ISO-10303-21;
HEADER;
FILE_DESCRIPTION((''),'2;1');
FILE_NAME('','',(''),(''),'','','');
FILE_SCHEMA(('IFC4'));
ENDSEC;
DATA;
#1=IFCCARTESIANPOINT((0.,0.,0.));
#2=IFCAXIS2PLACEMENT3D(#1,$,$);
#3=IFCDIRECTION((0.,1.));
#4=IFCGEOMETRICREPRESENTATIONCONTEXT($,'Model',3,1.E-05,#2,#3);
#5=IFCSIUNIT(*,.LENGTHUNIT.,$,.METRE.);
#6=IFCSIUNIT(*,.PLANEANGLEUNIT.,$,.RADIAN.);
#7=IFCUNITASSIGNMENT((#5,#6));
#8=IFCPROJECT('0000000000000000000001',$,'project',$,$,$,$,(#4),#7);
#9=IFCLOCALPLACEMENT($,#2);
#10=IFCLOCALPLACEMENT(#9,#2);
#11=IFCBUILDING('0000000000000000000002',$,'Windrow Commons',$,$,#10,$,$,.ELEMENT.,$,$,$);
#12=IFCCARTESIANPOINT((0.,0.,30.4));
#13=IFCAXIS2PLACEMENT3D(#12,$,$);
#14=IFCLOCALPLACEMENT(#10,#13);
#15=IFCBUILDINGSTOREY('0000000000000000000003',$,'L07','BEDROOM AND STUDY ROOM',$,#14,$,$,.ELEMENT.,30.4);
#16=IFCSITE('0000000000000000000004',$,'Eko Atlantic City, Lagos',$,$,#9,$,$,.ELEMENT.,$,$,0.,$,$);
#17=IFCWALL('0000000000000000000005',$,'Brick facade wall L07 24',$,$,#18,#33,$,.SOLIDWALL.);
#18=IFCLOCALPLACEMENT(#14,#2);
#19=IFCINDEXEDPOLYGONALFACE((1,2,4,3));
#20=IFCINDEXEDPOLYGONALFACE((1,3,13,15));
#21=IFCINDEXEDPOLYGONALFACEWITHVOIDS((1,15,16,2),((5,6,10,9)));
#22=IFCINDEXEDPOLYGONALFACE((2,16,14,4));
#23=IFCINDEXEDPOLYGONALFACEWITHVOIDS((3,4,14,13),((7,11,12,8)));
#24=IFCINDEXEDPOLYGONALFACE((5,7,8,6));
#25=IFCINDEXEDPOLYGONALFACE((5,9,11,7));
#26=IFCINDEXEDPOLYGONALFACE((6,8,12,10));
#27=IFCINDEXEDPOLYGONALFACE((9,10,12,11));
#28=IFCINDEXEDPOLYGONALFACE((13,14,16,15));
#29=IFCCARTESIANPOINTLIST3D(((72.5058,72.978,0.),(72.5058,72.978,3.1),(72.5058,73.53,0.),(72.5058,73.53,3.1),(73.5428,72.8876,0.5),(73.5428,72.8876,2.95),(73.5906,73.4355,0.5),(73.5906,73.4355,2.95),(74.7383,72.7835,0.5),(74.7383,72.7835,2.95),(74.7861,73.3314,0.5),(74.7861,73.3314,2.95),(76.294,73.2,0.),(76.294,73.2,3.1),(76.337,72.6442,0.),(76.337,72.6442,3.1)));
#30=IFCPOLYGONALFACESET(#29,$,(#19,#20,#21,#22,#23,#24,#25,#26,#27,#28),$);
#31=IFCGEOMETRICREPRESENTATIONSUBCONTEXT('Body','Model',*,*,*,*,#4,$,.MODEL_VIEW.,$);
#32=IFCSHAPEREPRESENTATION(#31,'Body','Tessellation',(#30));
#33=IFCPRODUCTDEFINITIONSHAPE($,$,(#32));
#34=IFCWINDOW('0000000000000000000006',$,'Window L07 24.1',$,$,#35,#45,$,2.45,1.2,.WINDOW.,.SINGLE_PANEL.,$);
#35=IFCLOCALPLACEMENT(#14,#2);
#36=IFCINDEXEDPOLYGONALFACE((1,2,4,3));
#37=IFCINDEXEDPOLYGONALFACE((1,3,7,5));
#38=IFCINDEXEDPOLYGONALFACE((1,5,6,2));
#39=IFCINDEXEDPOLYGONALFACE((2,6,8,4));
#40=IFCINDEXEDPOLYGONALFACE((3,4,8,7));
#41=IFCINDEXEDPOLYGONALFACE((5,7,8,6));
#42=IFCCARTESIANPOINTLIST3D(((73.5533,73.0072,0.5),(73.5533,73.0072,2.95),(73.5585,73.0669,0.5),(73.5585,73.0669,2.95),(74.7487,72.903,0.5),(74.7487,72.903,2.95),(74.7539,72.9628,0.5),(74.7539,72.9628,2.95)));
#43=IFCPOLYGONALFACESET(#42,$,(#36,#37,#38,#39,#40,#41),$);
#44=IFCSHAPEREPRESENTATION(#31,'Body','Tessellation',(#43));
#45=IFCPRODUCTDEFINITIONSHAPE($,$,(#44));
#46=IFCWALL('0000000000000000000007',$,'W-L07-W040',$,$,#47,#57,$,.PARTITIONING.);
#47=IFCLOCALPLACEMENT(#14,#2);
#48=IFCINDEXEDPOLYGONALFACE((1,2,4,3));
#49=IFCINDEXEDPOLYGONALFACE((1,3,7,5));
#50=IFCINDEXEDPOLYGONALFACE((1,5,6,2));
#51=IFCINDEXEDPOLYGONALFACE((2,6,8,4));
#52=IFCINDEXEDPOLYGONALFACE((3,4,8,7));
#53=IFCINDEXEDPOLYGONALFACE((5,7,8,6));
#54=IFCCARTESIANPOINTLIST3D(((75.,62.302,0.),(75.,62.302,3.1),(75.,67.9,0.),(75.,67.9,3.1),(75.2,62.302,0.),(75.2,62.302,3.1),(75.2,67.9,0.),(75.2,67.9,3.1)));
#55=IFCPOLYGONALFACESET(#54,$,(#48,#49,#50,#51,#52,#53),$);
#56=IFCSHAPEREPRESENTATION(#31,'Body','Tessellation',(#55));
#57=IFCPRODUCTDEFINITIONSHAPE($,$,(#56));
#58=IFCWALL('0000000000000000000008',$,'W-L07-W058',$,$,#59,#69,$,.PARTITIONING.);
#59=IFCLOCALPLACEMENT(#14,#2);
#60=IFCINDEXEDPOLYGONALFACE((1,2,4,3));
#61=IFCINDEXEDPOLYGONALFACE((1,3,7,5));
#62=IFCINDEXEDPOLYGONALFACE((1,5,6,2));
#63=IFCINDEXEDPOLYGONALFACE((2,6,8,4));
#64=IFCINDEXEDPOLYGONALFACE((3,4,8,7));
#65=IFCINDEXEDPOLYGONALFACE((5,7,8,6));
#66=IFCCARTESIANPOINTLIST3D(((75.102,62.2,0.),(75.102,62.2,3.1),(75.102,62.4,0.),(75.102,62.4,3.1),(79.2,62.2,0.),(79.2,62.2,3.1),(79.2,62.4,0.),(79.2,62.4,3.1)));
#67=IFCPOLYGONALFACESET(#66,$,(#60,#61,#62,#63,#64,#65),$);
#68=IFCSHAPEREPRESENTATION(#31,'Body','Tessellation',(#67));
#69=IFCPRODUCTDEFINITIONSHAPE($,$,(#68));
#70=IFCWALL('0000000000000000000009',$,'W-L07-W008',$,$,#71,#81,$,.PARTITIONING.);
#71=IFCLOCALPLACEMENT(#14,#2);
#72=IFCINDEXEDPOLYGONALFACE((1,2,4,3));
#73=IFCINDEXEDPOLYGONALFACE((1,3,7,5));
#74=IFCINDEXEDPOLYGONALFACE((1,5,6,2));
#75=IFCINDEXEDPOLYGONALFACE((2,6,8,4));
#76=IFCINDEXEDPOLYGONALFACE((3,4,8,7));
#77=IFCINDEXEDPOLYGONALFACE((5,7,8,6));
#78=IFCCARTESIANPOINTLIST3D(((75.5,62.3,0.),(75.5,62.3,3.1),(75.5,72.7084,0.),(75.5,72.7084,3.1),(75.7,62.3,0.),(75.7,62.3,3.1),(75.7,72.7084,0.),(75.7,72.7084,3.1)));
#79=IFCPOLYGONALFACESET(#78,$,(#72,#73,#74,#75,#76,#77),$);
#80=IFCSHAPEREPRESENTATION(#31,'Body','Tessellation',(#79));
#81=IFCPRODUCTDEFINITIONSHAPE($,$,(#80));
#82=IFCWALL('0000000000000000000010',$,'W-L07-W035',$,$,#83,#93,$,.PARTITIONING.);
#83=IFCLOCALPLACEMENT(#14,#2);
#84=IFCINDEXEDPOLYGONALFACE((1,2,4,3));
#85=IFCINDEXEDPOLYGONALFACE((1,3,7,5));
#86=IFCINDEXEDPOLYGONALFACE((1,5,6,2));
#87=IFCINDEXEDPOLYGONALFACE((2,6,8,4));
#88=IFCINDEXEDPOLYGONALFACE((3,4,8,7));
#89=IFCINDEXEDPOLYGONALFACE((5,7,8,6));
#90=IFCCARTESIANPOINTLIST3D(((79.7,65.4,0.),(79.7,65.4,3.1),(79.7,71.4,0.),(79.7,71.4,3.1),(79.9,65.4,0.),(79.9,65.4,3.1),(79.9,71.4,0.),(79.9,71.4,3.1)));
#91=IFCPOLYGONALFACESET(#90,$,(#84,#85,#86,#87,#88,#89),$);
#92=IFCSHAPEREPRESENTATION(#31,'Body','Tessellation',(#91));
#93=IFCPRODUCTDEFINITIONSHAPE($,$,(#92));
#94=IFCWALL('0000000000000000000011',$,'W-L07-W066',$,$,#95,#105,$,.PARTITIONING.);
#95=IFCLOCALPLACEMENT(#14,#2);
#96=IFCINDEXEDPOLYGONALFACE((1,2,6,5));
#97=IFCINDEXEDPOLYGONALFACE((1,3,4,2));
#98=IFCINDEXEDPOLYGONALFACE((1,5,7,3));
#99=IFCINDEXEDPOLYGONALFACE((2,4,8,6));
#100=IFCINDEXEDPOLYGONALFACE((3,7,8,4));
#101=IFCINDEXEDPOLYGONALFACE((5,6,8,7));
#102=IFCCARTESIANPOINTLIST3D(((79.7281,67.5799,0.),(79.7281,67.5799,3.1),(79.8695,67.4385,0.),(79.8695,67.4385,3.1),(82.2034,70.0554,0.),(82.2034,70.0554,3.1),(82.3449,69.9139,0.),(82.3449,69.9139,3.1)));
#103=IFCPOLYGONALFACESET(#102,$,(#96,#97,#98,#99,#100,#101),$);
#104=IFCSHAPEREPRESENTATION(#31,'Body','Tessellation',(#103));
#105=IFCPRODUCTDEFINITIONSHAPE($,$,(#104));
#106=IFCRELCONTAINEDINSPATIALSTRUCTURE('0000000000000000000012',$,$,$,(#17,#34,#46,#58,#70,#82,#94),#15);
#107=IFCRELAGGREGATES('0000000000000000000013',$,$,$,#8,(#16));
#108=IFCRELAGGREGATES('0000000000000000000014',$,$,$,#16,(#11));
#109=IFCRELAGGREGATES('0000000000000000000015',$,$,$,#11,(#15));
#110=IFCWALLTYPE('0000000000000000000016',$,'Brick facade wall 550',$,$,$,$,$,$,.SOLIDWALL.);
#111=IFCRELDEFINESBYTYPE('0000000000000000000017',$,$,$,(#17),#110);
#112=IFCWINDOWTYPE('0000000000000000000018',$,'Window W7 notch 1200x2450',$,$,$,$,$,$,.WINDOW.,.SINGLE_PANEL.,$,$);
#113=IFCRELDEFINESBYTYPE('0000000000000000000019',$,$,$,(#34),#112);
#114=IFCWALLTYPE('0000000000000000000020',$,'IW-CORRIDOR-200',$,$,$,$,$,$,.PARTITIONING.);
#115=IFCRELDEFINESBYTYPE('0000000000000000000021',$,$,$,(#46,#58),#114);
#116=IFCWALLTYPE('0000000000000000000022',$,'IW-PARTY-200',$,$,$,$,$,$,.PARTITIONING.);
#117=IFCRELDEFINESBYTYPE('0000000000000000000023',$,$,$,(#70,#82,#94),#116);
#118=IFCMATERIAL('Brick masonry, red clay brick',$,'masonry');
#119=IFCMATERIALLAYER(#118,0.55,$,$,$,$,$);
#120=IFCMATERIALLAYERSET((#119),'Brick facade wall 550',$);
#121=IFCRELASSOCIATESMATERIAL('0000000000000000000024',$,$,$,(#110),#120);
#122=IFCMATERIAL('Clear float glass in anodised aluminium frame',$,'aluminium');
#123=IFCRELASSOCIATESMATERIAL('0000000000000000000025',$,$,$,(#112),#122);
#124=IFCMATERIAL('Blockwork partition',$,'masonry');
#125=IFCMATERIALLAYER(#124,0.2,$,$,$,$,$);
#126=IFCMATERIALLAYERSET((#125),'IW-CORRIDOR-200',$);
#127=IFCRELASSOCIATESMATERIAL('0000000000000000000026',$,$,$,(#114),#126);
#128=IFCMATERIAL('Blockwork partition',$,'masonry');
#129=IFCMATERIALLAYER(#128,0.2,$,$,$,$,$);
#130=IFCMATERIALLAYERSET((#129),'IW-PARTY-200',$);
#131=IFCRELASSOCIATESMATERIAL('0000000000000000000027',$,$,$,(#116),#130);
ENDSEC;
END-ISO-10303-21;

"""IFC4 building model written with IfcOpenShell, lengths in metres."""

from ifc_helpers import new_model, si_unit, direction, frame, frame_2d, origin, place, context, subcontext, project, spatial, polyline, rectangle, outline, extrude, material, layer, layer_set, type_object, element, fill, save


model = new_model("IFC4")

# Units and contexts
model_context = context("Model", 3, precision=1e-05, world=origin(), true_north=direction((0.0, 1.0)))
body_context = subcontext(model_context, "Body", "Model", "MODEL_VIEW")
ifc_project = project(units=[si_unit("LENGTHUNIT", "METRE"), si_unit("PLANEANGLEUNIT", "RADIAN")], contexts=[model_context])

# Site, building, storey
site_placement = place(None, origin())
site = spatial("IfcSite", under=ifc_project, at=site_placement, Name="Eko Atlantic City, Lagos", CompositionType="ELEMENT", RefElevation=0.0)
building_placement = place(site_placement, origin())
building = spatial("IfcBuilding", under=site, at=building_placement, Name="Windrow Commons", CompositionType="ELEMENT")
storey_placement = place(building_placement, frame((0.0, 0.0, 30.4)))
storey = spatial("IfcBuildingStorey", under=building, at=storey_placement, Name="L07", Description="BEDROOM AND STUDY ROOM", CompositionType="ELEMENT", Elevation=30.4)

# Wall, opening, window
ifc_material_1 = material(Name="Brick masonry, red clay brick", Category="masonry")
ifc_layer_1 = layer(ifc_material_1, 0.55)
ifc_layer_set_1 = layer_set([ifc_layer_1], Name="Brick facade wall 550")
wall_type_1 = type_object("IfcWallType", Name="Brick facade wall 550", PredefinedType="SOLIDWALL", material=ifc_layer_set_1)
ifc_material_2 = material(Name="Clear float glass in anodised aluminium frame", Category="aluminium")
window_type = type_object("IfcWindowType", Name="Window W7 notch 1200x2450", PartitioningType="SINGLE_PANEL", PredefinedType="WINDOW", material=ifc_material_2)
wall_1_placement = place(storey_placement, frame((76.3155, 72.9221, 0.0), z_axis=(0.0, 0.0, 1.0), x_axis=(-0.996227, 0.086791, 0.0)))
wall_1 = element("IfcWall", 1, at=wall_1_placement, inside=storey, type_object=wall_type_1, Name="Brick facade wall L07 24", PredefinedType="SOLIDWALL", context=body_context, shape_type="SweptSolid", body=[
    extrude(outline(polyline([(0.0455, -0.275), (3.8481, -0.275), (3.8002, 0.275), (-0.0455, 0.275), (0.0455, -0.275)])), origin(), (0.0, 0.0, 1.0), 3.1),
])
opening_1_placement = place(wall_1_placement, frame((1.5592, 0.0, 0.5)))
opening_1 = element("IfcOpeningElement", 2, at=opening_1_placement, cuts=wall_1, PredefinedType="OPENING", context=body_context, shape_type="SweptSolid", body=[
    extrude(rectangle(XDim=1.2, YDim=2.45, at=frame_2d((0.6, 1.225))), frame((0.0, 0.285, 0.0), z_axis=(0.0, -1.0, 0.0), x_axis=(1.0, 0.0, 0.0)), (0.0, 0.0, 1.0), 0.57),
])
window_1_placement = place(opening_1_placement, origin())
window_1 = element("IfcWindow", 3, at=window_1_placement, inside=storey, type_object=window_type, Name="Window L07 24.1", OverallHeight=2.45, OverallWidth=1.2, PartitioningType="SINGLE_PANEL", PredefinedType="WINDOW", context=body_context, shape_type="SweptSolid", body=[
    extrude(rectangle(XDim=1.2, YDim=2.45, at=frame_2d((0.6, 1.225))), frame((0.0, 0.155, 0.0), z_axis=(0.0, -1.0, 0.0), x_axis=(1.0, 0.0, 0.0)), (0.0, 0.0, 1.0), 0.06),
])
fill(opening_1, window_1)

# Walls
ifc_material_3 = material(Name="Blockwork partition", Category="masonry")
ifc_layer_2 = layer(ifc_material_3, 0.2)
ifc_layer_set_2 = layer_set([ifc_layer_2], Name="IW-CORRIDOR-200")
wall_type_2 = type_object("IfcWallType", Name="IW-CORRIDOR-200", PredefinedType="PARTITIONING", material=ifc_layer_set_2)
wall_2_placement = place(storey_placement, frame((75.1, 62.302, 0.0), z_axis=(0.0, 0.0, 1.0), x_axis=(0.0, 1.0, 0.0)))
element("IfcWall", 4, at=wall_2_placement, inside=storey, type_object=wall_type_2, Name="W-L07-W040", PredefinedType="PARTITIONING", context=body_context, shape_type="SweptSolid", body=[
    extrude(rectangle(XDim=5.598, YDim=0.2, at=frame_2d((2.799, 0.0))), origin(), (0.0, 0.0, 1.0), 3.1),
])
wall_3_placement = place(storey_placement, frame((75.102, 62.3, 0.0), z_axis=(0.0, 0.0, 1.0), x_axis=(1.0, 0.0, 0.0)))
element("IfcWall", 5, at=wall_3_placement, inside=storey, type_object=wall_type_2, Name="W-L07-W058", PredefinedType="PARTITIONING", context=body_context, shape_type="SweptSolid", body=[
    extrude(rectangle(XDim=4.098, YDim=0.2, at=frame_2d((2.049, 0.0))), origin(), (0.0, 0.0, 1.0), 3.1),
])
ifc_material_4 = material(Name="Blockwork partition", Category="masonry")
ifc_layer_3 = layer(ifc_material_4, 0.2)
ifc_layer_set_3 = layer_set([ifc_layer_3], Name="IW-PARTY-200")
wall_type_3 = type_object("IfcWallType", Name="IW-PARTY-200", PredefinedType="PARTITIONING", material=ifc_layer_set_3)
wall_4_placement = place(storey_placement, frame((75.6, 62.3, 0.0), z_axis=(0.0, 0.0, 1.0), x_axis=(0.0, 1.0, 0.0)))
element("IfcWall", 6, at=wall_4_placement, inside=storey, type_object=wall_type_3, Name="W-L07-W008", PredefinedType="PARTITIONING", context=body_context, shape_type="SweptSolid", body=[
    extrude(rectangle(XDim=10.4084, YDim=0.2, at=frame_2d((5.2042, 0.0))), origin(), (0.0, 0.0, 1.0), 3.1),
])
wall_5_placement = place(storey_placement, frame((79.8, 65.4, 0.0), z_axis=(0.0, 0.0, 1.0), x_axis=(0.0, 1.0, 0.0)))
element("IfcWall", 7, at=wall_5_placement, inside=storey, type_object=wall_type_3, Name="W-L07-W035", PredefinedType="PARTITIONING", context=body_context, shape_type="SweptSolid", body=[
    extrude(rectangle(XDim=6.0, YDim=0.2, at=frame_2d((3.0, 0.0))), origin(), (0.0, 0.0, 1.0), 3.1),
])
wall_6_placement = place(storey_placement, frame((79.7988, 67.5092, 0.0), z_axis=(0.0, 0.0, 1.0), x_axis=(0.707092, 0.707121, 0.0)))
element("IfcWall", 8, at=wall_6_placement, inside=storey, type_object=wall_type_3, Name="W-L07-W066", PredefinedType="PARTITIONING", context=body_context, shape_type="SweptSolid", body=[
    extrude(rectangle(XDim=3.5007, YDim=0.2, at=frame_2d((1.7504, 0.0))), origin(), (0.0, 0.0, 1.0), 3.1),
])

save(model, "model.ifc")
